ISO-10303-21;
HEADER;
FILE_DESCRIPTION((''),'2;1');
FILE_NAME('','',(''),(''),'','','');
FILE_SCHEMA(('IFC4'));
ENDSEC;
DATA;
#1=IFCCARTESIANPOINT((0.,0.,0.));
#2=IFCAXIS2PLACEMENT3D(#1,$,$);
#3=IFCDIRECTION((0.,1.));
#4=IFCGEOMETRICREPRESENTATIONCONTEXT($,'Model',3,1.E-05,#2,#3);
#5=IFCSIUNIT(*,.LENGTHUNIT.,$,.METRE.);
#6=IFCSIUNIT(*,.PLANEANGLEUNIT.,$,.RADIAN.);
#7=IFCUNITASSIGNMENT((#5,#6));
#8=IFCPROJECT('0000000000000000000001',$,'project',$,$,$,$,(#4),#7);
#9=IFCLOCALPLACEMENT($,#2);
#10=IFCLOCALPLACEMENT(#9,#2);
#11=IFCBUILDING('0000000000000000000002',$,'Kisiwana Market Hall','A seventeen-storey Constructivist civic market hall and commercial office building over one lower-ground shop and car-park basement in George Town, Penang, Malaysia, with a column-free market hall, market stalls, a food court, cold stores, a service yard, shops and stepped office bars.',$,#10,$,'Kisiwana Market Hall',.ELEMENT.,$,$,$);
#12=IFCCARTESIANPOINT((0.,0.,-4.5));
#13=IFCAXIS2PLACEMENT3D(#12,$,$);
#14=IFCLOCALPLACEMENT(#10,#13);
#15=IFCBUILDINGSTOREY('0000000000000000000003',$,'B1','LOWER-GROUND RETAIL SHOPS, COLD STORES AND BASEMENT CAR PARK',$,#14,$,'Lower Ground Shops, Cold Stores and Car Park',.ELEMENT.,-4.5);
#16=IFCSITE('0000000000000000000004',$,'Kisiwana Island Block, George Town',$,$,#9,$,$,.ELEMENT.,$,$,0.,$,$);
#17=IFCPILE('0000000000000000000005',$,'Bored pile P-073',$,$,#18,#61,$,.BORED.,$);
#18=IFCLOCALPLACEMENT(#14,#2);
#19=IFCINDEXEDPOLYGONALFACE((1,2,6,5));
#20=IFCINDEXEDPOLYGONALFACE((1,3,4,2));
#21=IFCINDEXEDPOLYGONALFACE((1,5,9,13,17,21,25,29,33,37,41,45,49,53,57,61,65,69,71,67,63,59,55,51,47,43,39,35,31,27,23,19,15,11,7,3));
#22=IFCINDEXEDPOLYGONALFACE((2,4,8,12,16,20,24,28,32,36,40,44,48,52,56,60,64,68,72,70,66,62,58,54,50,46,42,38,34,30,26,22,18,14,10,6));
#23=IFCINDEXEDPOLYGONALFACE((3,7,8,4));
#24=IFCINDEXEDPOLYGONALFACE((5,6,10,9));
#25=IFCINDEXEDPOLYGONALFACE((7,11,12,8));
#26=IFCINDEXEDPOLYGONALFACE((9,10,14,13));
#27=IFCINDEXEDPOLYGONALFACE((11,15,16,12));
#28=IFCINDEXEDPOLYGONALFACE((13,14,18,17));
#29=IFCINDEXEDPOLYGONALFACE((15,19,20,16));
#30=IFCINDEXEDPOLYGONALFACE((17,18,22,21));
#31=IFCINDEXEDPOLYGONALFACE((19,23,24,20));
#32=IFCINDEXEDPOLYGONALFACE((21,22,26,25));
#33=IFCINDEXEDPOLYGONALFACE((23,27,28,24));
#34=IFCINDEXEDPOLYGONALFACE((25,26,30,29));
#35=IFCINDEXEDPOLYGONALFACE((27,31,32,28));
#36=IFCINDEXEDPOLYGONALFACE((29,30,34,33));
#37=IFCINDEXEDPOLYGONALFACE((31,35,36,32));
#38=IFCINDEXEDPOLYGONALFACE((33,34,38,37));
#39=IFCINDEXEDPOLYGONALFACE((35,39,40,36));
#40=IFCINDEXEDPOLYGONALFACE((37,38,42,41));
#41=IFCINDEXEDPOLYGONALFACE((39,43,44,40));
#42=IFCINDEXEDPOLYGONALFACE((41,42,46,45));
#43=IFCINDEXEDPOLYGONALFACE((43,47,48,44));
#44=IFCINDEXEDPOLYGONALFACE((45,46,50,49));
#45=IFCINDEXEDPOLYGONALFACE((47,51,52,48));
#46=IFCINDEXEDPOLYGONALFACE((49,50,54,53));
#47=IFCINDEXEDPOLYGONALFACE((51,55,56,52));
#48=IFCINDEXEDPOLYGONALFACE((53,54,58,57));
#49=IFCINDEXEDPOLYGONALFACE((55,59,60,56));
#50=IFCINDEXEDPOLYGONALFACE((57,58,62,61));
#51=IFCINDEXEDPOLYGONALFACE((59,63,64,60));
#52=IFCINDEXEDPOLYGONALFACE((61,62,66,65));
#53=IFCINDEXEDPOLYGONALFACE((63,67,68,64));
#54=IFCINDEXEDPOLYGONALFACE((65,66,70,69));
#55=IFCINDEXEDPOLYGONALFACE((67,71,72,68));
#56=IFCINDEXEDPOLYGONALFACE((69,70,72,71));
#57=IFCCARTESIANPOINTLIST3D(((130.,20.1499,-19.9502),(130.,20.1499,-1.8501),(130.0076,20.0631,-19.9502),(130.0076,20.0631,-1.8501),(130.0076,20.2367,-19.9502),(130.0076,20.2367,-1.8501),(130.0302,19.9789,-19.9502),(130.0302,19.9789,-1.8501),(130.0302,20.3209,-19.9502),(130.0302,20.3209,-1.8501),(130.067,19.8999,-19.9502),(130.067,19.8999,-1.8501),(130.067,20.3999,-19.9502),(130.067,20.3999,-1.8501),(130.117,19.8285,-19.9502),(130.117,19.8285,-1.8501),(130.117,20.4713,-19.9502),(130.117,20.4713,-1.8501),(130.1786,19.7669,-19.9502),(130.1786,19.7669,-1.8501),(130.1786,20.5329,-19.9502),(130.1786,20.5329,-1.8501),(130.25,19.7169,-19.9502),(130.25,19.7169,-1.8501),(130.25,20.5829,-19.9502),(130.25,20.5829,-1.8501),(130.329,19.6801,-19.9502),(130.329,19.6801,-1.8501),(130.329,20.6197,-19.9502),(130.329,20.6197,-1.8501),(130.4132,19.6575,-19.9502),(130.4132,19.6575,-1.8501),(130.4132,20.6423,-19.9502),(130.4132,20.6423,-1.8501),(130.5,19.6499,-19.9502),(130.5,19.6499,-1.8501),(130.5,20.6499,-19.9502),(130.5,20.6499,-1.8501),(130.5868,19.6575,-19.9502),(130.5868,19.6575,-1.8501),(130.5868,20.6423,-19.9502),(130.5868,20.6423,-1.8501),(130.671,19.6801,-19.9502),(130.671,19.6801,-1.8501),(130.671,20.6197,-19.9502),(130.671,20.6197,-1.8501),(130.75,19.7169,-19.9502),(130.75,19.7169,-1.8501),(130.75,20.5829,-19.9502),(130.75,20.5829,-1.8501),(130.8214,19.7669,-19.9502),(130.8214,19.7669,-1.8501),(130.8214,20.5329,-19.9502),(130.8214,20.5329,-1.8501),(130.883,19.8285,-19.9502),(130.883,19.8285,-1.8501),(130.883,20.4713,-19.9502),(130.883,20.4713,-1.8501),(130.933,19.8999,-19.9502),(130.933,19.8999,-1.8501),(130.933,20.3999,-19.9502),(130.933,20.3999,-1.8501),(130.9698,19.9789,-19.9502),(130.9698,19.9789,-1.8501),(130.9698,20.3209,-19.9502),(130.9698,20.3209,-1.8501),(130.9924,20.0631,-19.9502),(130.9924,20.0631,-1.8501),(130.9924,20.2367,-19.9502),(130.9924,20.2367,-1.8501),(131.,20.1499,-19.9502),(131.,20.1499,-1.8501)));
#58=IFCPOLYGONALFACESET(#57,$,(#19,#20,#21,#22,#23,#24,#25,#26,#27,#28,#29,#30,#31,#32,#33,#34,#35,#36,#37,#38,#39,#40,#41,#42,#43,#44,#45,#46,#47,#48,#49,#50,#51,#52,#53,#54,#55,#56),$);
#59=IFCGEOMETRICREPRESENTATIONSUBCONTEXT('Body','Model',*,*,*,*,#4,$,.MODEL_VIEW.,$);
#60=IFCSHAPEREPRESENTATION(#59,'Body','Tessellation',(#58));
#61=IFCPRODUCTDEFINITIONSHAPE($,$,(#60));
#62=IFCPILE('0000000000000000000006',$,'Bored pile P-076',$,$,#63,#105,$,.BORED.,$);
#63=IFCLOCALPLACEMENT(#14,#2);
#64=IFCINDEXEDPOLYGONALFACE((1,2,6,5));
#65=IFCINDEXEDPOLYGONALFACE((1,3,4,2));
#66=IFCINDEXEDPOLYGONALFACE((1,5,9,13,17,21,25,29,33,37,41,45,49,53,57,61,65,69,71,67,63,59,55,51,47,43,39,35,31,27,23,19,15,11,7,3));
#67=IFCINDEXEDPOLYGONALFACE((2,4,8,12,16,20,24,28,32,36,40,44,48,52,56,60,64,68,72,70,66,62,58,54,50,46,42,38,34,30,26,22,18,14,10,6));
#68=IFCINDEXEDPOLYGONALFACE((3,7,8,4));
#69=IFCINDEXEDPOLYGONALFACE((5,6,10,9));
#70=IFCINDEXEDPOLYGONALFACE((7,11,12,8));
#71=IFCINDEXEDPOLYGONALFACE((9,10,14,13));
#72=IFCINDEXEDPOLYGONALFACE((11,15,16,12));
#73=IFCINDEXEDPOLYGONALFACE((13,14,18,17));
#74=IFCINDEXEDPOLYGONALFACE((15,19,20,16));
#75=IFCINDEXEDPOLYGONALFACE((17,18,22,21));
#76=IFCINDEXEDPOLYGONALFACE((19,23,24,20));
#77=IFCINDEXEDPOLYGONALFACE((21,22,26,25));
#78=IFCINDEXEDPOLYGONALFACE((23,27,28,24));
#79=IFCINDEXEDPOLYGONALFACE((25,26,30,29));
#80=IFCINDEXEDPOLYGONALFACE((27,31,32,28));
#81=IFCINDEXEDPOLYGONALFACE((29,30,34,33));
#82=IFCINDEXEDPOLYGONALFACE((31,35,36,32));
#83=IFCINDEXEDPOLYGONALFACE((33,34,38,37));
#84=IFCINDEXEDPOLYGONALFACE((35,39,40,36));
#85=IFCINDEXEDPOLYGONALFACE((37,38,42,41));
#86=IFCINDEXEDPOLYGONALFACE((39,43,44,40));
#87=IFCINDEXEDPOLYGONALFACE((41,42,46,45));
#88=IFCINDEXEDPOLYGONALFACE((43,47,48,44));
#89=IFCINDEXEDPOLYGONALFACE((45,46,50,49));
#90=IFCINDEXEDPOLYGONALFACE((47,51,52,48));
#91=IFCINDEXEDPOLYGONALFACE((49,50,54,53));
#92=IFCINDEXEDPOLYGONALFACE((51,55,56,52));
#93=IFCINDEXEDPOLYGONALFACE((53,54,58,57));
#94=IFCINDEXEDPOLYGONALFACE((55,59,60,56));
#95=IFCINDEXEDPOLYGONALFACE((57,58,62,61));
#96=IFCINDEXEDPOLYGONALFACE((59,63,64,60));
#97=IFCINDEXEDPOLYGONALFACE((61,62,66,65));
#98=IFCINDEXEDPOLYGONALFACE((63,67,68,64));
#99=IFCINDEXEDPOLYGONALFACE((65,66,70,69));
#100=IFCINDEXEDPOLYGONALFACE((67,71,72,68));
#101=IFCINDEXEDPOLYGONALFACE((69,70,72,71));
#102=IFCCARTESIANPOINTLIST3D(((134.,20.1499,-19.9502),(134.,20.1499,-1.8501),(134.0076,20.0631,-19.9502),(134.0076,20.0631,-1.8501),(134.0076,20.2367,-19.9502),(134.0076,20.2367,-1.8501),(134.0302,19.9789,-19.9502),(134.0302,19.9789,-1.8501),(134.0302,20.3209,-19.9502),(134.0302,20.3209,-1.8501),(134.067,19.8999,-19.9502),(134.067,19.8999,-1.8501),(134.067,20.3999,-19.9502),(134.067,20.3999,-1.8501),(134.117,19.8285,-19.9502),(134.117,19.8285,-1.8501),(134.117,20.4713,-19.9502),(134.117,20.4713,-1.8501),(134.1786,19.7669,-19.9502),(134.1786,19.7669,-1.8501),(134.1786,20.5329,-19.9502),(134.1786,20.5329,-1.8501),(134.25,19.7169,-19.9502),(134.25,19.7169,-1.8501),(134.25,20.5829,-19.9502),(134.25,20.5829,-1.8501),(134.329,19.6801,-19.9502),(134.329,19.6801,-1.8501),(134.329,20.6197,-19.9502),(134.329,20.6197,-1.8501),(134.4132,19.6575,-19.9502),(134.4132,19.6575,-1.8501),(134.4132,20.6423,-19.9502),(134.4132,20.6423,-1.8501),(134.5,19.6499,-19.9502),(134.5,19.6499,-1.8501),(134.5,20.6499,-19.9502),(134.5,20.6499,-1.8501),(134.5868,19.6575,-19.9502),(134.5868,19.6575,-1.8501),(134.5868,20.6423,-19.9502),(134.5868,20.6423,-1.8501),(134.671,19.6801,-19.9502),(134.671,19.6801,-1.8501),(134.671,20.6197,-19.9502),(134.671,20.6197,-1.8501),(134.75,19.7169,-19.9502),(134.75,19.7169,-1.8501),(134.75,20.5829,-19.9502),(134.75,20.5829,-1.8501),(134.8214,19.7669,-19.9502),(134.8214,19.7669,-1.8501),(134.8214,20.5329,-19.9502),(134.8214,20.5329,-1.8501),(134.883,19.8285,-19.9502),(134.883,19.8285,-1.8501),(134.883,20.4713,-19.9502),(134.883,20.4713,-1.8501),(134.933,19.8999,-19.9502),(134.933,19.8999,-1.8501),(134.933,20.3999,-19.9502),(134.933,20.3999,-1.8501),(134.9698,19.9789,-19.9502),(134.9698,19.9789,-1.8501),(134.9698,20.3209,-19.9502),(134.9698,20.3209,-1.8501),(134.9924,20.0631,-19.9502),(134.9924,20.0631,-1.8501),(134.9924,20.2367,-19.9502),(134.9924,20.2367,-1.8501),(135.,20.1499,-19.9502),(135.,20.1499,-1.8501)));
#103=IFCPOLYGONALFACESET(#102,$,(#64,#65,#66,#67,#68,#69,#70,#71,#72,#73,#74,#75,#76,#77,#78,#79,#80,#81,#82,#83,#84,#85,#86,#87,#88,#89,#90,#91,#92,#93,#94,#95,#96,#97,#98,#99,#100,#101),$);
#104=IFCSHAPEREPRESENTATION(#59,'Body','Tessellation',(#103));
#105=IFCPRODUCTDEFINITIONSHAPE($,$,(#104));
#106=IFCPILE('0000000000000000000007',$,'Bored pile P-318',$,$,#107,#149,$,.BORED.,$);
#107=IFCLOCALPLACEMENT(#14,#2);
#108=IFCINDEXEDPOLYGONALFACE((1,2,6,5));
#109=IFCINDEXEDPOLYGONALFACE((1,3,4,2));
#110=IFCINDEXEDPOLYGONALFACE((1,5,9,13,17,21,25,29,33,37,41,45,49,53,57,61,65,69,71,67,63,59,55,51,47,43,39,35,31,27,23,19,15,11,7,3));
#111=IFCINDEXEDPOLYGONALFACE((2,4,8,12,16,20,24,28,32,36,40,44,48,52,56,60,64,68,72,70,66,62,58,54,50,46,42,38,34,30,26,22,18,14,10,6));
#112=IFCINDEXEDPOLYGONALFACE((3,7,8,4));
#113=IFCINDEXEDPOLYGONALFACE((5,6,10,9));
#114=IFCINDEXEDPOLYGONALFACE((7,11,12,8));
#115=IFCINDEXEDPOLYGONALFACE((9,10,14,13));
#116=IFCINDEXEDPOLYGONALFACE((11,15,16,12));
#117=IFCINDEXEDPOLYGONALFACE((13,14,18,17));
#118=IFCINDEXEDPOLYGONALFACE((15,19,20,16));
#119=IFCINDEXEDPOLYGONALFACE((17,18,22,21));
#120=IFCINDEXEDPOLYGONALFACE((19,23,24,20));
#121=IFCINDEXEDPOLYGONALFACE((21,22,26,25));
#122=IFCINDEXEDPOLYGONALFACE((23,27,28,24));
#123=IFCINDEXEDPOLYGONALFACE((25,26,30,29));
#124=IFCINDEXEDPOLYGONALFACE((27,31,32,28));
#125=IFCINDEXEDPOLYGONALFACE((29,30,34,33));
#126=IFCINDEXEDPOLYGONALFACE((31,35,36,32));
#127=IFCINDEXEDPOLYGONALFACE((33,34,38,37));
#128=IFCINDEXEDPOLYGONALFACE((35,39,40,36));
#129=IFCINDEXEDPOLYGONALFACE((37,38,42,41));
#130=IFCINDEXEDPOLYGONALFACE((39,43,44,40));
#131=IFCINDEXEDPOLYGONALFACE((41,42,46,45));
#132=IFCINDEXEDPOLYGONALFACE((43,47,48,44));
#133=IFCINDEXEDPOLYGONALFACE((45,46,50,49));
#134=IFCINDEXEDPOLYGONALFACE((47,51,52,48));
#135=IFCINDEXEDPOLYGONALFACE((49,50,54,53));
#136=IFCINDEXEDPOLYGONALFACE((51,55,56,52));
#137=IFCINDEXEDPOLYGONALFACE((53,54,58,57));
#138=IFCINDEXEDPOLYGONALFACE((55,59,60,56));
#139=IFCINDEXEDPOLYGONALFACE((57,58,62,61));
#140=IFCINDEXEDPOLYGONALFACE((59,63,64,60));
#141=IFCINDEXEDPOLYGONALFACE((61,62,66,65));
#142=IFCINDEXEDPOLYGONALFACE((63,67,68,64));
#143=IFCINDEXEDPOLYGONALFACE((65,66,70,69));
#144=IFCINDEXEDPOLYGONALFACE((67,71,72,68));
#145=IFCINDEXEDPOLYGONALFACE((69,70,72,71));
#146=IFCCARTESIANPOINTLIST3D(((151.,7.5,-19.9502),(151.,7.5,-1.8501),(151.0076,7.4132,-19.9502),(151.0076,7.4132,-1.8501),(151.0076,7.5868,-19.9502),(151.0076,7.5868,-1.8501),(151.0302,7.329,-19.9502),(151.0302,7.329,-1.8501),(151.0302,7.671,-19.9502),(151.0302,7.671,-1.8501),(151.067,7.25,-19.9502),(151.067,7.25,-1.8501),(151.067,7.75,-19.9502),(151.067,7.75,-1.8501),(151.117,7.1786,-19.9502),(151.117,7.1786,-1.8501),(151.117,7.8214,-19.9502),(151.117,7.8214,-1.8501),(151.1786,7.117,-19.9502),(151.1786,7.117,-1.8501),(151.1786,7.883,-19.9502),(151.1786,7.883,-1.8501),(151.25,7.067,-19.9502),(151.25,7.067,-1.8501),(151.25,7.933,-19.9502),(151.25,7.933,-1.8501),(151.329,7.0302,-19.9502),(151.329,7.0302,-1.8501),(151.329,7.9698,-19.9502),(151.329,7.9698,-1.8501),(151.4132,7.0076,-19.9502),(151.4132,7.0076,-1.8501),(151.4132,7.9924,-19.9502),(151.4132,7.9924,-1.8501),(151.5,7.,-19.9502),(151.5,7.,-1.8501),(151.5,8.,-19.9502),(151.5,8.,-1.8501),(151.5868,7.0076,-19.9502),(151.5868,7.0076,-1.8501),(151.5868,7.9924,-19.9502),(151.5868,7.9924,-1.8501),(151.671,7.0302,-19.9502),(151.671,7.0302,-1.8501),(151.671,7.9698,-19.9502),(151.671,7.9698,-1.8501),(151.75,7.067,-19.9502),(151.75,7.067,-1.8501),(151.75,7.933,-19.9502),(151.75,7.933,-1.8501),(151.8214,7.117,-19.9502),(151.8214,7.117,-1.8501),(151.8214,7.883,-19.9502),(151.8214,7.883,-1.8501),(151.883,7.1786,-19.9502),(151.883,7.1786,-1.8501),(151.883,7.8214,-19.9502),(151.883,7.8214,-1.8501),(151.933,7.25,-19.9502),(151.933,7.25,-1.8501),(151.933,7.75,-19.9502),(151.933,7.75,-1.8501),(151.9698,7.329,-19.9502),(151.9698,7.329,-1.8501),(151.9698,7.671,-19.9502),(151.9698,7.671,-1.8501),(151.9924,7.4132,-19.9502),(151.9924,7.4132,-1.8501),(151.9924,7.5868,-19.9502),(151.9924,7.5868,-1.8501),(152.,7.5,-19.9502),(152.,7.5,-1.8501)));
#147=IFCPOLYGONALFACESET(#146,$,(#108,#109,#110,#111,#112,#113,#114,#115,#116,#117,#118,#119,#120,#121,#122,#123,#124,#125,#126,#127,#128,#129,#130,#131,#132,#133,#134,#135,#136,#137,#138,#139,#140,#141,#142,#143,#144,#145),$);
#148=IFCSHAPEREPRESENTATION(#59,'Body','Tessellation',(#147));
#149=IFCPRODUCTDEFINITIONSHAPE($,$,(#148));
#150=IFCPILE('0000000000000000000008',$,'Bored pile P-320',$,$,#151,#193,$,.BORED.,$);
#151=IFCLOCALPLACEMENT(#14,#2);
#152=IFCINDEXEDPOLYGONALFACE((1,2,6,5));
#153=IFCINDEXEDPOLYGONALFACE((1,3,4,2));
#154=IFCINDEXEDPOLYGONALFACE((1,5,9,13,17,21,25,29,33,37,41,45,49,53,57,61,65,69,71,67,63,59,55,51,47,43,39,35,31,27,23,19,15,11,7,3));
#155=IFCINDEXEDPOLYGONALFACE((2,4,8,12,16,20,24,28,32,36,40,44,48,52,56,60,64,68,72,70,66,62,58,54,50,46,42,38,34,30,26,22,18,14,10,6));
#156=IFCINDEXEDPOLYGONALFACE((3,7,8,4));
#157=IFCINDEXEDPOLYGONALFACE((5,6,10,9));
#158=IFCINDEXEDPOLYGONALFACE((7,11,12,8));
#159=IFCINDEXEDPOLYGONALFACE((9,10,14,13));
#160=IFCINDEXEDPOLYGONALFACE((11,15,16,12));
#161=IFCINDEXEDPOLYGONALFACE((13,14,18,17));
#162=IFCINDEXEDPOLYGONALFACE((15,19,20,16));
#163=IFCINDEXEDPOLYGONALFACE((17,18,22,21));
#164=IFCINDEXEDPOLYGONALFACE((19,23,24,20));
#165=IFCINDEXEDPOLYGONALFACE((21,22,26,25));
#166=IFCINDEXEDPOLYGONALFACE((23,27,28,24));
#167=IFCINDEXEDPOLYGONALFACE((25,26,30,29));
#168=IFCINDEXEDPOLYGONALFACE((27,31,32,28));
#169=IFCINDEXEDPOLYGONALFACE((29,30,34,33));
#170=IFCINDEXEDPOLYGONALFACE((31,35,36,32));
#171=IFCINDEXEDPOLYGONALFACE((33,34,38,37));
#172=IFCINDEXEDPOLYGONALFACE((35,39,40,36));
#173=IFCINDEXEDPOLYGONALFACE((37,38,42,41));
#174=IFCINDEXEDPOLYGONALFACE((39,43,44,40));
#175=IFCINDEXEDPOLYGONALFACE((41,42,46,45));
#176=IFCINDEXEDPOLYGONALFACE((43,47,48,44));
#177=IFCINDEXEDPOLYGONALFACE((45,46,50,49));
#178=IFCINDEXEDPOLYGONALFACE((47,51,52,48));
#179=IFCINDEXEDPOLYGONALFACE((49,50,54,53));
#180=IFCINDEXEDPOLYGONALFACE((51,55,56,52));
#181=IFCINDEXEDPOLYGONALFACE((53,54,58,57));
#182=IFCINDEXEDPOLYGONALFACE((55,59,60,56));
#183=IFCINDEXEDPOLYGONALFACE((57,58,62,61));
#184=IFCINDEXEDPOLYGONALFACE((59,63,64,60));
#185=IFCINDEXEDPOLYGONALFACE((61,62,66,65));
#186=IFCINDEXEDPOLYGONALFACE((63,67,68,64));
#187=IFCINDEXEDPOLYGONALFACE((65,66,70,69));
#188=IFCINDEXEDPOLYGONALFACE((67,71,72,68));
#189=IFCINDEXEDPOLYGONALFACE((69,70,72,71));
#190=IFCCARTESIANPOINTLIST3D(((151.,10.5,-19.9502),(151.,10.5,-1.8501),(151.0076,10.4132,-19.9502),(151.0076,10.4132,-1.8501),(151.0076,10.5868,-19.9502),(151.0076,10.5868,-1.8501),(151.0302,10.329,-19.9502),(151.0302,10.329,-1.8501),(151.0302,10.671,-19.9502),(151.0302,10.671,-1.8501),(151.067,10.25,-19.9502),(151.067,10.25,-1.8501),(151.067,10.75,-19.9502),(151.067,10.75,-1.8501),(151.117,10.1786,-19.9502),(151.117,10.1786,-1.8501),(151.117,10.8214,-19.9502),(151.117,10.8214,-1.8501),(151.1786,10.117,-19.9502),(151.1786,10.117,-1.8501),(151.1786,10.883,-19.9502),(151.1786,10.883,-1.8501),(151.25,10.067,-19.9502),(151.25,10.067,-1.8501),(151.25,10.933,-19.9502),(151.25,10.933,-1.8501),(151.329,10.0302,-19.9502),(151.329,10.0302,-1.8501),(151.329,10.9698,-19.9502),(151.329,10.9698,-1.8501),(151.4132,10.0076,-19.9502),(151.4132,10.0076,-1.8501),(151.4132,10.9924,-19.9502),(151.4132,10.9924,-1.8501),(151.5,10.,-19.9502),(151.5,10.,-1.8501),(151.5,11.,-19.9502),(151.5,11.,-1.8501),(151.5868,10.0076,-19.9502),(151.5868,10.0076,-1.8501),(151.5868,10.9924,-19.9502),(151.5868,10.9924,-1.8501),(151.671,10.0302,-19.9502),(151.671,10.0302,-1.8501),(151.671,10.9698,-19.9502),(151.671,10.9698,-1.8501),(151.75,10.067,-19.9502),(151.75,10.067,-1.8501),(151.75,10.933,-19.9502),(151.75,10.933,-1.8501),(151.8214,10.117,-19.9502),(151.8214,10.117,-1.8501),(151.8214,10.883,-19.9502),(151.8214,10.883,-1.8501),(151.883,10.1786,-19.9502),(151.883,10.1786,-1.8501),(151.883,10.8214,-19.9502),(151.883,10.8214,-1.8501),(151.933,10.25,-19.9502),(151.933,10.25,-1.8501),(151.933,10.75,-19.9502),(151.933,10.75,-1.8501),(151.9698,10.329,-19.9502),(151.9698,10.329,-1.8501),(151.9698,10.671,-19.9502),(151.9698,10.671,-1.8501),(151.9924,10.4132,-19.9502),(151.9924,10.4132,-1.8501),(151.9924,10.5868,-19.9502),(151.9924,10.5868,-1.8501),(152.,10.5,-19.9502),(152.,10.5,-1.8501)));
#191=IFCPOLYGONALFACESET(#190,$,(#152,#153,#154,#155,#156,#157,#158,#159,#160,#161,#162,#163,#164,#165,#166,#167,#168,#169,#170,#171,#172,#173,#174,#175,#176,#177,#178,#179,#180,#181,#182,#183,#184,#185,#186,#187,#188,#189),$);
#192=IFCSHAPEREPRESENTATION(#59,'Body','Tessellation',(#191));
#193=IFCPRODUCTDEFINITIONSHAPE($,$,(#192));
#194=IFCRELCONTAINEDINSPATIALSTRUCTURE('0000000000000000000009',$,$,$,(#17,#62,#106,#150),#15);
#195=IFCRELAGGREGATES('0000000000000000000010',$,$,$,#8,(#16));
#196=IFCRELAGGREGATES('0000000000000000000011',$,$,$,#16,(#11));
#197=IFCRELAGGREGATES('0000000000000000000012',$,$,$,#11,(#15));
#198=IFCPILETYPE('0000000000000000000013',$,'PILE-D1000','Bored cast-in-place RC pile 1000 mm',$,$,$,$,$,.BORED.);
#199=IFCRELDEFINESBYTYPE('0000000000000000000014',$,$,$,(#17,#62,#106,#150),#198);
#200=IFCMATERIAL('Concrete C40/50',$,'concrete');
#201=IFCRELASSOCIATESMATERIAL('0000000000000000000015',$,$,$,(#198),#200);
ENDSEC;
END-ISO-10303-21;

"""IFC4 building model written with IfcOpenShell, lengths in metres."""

from ifc_helpers import new_model, si_unit, direction, frame, origin, origin_2d, place, context, subcontext, project, spatial, circle, extrude, material, material_profile, profile_set, type_object, element, save


model = new_model("IFC4")

# Units and contexts
model_context = context("Model", 3, precision=1e-05, world=origin(), true_north=direction((0.0, 1.0)))
body_context = subcontext(model_context, "Body", "Model", "MODEL_VIEW")
ifc_project = project(units=[si_unit("LENGTHUNIT", "METRE"), si_unit("PLANEANGLEUNIT", "RADIAN")], contexts=[model_context])

# Site, building, storey
site_placement = place(None, origin())
site = spatial("IfcSite", under=ifc_project, at=site_placement, Name="Kisiwana Island Block, George Town", CompositionType="ELEMENT", RefElevation=0.0)
building_placement = place(site_placement, origin())
building = spatial("IfcBuilding", under=site, at=building_placement, Name="Kisiwana Market Hall", Description="A seventeen-storey Constructivist civic market hall and commercial office building over one lower-ground shop and car-park basement in George Town, Penang, Malaysia, with a column-free market hall, market stalls, a food court, cold stores, a service yard, shops and stepped office bars.", LongName="Kisiwana Market Hall", CompositionType="ELEMENT")
storey_placement = place(building_placement, frame((0.0, 0.0, -4.5)))
storey = spatial("IfcBuildingStorey", under=building, at=storey_placement, Name="B1", Description="LOWER-GROUND RETAIL SHOPS, COLD STORES AND BASEMENT CAR PARK", LongName="Lower Ground Shops, Cold Stores and Car Park", CompositionType="ELEMENT", Elevation=-4.5)

# Piles
ifc_material_1 = material(Name="Concrete C40/50", Category="concrete")
ifc_material_profile_1 = material_profile(ifc_material_1, circle(Radius=0.5, at=origin_2d()), Name="BP D1000")
ifc_profile_set_1 = profile_set([ifc_material_profile_1], Name="Concrete C40/50")
pile_type_1 = type_object("IfcPileType", Name="PILE-D1000", Description="Bored cast-in-place RC pile 1000 mm", PredefinedType="BORED", material=ifc_profile_set_1)
for number, where, z_axis, x_axis, name in (
    (1, (130.5, 20.1499, -1.8501), (0.0, 0.0, -1.0), (1.0, 0.0, 0.0), "Bored pile P-073"),
    (2, (134.5, 20.1499, -1.8501), (0.0, 0.0, -1.0), (1.0, 0.0, 0.0), "Bored pile P-076"),
    (3, (151.5, 7.5, -1.8501), (0.0, 0.0, -1.0), (1.0, 0.0, 0.0), "Bored pile P-318"),
    (4, (151.5, 10.5, -1.8501), (0.0, 0.0, -1.0), (1.0, 0.0, 0.0), "Bored pile P-320"),
):
    element("IfcPile", number, at=place(storey_placement, frame(where, z_axis=z_axis, x_axis=x_axis)), inside=storey, type_object=pile_type_1, Name=name, PredefinedType="BORED", context=body_context, shape_type="SweptSolid", body=[
        extrude(circle(Radius=0.5, at=origin_2d()), origin(), (0.0, 0.0, 1.0), 18.1001),
    ])

save(model, "model.ifc")
